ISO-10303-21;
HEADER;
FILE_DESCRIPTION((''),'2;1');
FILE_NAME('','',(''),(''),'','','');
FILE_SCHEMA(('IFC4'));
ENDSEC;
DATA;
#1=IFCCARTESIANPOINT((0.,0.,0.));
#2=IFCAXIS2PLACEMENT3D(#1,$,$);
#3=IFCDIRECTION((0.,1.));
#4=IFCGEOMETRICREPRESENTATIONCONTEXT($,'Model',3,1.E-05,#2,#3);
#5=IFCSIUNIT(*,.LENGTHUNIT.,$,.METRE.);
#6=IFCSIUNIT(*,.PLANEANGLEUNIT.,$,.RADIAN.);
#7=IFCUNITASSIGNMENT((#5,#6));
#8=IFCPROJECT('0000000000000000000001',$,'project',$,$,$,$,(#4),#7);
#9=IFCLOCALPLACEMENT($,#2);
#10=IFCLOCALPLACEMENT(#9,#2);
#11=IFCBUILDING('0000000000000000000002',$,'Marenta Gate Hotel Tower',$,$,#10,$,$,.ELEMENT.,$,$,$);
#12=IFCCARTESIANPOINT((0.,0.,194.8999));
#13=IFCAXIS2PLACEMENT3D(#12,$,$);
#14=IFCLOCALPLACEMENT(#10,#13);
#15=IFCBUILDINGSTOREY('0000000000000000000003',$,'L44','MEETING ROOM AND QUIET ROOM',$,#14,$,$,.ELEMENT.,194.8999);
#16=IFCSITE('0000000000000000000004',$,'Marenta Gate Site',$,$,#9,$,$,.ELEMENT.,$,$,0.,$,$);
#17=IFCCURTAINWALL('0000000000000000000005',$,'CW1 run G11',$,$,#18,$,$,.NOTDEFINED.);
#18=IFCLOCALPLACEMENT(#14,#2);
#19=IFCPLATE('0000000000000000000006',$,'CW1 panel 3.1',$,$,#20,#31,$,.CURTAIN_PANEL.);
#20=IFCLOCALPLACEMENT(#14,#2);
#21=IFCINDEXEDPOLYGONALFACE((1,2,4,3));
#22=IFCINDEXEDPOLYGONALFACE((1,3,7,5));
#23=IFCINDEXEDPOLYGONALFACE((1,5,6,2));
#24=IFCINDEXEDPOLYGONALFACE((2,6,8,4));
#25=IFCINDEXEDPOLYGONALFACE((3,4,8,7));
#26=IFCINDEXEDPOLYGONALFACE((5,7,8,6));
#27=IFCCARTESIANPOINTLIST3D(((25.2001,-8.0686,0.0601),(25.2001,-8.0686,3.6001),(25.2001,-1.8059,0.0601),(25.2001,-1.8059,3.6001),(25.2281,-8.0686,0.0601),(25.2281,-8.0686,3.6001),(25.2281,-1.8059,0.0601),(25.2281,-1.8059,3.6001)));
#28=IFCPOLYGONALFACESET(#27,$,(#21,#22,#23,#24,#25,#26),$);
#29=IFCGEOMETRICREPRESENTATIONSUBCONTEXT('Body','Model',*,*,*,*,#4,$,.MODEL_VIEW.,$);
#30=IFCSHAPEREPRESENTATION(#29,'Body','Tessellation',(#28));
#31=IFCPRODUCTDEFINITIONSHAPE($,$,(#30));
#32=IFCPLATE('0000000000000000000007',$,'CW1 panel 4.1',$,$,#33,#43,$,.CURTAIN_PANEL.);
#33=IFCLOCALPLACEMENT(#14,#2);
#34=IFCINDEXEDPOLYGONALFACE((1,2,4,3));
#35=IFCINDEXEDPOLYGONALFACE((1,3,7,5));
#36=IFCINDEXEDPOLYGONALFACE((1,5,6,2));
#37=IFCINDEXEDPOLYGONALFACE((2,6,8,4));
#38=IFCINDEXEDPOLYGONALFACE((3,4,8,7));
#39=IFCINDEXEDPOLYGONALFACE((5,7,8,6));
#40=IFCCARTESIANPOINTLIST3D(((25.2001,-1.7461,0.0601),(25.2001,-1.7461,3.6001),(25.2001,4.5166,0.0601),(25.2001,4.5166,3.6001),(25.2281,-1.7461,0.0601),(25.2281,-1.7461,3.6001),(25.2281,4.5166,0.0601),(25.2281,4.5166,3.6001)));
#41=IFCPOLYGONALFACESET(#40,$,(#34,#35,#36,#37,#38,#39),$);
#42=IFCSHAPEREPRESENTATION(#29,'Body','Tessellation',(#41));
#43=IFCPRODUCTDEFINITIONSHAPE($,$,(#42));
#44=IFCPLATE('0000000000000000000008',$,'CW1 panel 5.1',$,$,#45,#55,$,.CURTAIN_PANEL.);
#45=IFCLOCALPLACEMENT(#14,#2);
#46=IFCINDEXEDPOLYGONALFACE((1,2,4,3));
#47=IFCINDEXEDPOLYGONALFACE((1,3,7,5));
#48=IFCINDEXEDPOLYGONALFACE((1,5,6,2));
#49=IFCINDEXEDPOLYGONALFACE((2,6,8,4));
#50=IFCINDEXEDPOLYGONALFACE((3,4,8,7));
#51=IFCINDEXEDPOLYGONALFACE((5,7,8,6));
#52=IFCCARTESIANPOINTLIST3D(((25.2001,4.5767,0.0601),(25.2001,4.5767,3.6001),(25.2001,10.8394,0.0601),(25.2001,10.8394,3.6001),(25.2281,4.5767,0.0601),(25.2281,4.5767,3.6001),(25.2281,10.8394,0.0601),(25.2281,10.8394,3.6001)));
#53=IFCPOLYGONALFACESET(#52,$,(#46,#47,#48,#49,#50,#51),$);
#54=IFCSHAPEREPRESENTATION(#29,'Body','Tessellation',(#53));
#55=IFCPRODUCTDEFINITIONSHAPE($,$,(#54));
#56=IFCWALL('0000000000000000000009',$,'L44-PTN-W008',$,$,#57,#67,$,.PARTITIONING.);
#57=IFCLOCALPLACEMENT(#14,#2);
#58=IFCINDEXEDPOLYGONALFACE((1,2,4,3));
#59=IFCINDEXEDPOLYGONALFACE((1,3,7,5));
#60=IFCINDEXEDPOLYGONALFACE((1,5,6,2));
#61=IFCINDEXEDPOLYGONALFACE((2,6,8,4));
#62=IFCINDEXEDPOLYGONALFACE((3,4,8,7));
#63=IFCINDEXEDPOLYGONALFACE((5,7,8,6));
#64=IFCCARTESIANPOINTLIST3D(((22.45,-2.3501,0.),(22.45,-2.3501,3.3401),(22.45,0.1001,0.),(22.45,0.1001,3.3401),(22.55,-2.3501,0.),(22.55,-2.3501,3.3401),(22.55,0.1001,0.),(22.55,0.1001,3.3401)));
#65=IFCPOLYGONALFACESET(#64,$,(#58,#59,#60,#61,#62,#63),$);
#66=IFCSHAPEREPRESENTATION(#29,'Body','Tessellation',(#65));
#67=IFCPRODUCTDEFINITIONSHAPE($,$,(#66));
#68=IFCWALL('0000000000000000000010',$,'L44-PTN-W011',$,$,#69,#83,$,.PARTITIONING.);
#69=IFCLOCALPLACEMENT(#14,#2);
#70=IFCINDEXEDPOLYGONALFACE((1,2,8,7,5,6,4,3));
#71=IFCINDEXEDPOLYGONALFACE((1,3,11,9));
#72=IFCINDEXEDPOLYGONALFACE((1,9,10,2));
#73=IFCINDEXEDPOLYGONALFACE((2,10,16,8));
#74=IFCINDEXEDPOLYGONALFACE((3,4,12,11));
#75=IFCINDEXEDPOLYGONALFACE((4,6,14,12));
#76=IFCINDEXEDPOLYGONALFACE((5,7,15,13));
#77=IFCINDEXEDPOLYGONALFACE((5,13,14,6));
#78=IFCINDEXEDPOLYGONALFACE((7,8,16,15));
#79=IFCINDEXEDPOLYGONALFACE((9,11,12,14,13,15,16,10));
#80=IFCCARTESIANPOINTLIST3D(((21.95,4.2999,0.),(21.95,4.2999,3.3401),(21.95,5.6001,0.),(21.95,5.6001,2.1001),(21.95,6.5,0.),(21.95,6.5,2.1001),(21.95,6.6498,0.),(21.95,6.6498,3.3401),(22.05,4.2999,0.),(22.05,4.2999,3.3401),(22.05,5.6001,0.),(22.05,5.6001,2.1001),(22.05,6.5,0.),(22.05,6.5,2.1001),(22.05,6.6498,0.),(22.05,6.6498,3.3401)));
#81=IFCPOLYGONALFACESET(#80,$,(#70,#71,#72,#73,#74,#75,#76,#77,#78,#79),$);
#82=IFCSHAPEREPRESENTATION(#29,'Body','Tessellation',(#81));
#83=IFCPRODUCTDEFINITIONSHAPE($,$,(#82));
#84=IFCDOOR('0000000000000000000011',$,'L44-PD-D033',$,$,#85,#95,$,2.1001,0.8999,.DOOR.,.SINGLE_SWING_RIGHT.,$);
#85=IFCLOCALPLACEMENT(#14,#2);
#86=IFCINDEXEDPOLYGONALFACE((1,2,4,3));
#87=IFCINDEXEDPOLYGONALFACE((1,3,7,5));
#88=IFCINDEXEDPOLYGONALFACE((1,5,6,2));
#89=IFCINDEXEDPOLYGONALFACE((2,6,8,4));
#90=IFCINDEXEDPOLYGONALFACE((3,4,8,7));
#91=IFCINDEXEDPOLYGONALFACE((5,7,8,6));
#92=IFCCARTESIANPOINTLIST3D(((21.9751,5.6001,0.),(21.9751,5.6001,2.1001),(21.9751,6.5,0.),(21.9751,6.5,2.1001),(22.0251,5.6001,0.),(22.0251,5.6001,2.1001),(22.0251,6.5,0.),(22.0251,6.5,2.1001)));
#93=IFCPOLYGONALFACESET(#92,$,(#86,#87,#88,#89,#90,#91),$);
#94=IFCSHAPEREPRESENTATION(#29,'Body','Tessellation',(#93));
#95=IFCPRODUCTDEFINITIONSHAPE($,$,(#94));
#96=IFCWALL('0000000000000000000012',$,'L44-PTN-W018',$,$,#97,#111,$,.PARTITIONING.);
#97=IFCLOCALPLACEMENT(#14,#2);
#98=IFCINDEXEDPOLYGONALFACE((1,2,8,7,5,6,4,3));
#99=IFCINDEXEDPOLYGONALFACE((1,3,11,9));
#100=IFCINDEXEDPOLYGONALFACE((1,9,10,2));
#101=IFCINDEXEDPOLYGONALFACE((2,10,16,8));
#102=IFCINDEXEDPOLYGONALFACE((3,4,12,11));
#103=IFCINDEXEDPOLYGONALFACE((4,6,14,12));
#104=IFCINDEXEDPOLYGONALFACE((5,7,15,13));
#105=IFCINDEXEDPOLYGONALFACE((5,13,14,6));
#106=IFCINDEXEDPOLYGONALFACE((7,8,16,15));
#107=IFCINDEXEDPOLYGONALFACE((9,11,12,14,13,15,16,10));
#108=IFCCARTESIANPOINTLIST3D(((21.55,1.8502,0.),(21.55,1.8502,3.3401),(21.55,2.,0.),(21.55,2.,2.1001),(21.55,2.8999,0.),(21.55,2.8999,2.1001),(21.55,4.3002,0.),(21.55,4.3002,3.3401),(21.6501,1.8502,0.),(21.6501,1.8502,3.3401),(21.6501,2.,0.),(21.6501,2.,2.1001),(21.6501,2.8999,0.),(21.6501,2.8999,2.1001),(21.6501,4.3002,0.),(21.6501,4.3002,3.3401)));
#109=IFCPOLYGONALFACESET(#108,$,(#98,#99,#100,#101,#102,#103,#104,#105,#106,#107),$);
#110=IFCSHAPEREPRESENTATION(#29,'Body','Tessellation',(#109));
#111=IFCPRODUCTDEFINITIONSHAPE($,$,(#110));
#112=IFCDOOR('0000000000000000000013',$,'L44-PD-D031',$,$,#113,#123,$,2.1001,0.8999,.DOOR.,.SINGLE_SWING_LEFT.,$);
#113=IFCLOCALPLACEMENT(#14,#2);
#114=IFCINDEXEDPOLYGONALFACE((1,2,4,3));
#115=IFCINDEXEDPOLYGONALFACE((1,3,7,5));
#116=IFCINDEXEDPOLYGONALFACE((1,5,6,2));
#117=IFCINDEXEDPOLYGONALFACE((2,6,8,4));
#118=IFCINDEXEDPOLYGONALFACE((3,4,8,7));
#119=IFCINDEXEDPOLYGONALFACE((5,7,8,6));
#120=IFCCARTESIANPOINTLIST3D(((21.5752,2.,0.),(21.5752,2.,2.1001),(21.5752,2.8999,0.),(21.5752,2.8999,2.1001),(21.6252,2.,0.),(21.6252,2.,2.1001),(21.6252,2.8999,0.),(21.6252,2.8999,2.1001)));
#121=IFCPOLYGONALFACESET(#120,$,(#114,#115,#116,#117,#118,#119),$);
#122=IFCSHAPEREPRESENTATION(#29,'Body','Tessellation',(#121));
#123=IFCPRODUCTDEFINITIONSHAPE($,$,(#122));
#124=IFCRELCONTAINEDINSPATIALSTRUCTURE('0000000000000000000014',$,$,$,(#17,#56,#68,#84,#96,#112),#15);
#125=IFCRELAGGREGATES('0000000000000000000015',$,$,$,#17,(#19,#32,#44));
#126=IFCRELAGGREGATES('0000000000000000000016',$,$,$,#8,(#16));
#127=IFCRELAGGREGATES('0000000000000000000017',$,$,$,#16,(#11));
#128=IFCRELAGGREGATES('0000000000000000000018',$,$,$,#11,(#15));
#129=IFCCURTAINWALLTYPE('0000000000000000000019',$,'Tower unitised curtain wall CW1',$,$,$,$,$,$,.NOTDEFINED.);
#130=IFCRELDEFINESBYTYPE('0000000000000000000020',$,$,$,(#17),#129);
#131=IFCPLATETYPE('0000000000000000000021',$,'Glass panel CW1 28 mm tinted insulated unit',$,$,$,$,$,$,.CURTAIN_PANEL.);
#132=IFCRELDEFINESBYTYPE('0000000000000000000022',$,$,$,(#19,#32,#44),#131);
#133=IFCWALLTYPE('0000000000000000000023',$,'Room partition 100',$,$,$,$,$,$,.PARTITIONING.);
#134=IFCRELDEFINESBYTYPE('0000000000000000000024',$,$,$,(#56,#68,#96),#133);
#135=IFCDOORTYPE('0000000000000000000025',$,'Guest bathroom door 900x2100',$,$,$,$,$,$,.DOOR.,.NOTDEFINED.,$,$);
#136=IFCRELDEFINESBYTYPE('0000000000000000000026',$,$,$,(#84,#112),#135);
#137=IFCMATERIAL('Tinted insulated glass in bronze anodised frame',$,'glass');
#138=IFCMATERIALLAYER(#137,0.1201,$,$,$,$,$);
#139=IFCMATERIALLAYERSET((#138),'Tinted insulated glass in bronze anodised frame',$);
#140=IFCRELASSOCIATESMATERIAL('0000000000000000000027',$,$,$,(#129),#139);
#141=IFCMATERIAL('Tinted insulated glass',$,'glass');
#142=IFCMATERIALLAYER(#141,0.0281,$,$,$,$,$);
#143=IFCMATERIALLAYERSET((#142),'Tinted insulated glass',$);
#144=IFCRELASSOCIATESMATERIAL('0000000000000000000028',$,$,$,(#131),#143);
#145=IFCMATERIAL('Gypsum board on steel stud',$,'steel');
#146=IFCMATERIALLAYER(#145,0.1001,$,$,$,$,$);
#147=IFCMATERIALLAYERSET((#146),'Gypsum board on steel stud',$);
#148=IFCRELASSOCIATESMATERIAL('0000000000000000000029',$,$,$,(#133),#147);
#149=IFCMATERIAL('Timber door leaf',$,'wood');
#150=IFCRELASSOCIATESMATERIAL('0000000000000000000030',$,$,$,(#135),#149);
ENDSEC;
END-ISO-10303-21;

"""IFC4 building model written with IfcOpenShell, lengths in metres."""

from ifc_helpers import new_model, si_unit, direction, frame, frame_2d, origin, origin_2d, place, context, subcontext, project, spatial, rectangle, extrude, material, layer, layer_set, type_object, element, fill, aggregate, save


model = new_model("IFC4")

# Units and contexts
model_context = context("Model", 3, precision=1e-05, world=origin(), true_north=direction((0.0, 1.0)))
body_context = subcontext(model_context, "Body", "Model", "MODEL_VIEW")
ifc_project = project(units=[si_unit("LENGTHUNIT", "METRE"), si_unit("PLANEANGLEUNIT", "RADIAN")], contexts=[model_context])

# Site, building, storey
site_placement = place(None, origin())
site = spatial("IfcSite", under=ifc_project, at=site_placement, Name="Marenta Gate Site", CompositionType="ELEMENT", RefElevation=0.0)
building_placement = place(site_placement, origin())
building = spatial("IfcBuilding", under=site, at=building_placement, Name="Marenta Gate Hotel Tower", CompositionType="ELEMENT")
storey_placement = place(building_placement, frame((0.0, 0.0, 194.8999)))
storey = spatial("IfcBuildingStorey", under=building, at=storey_placement, Name="L44", Description="MEETING ROOM AND QUIET ROOM", CompositionType="ELEMENT", Elevation=194.8999)

# Curtain wall, plates
ifc_material_1 = material(Name="Tinted insulated glass in bronze anodised frame", Category="glass")
ifc_layer_1 = layer(ifc_material_1, 0.1201)
ifc_layer_set_1 = layer_set([ifc_layer_1], Name="Tinted insulated glass in bronze anodised frame")
curtain_wall_type = type_object("IfcCurtainWallType", Name="Tower unitised curtain wall CW1", PredefinedType="NOTDEFINED", material=ifc_layer_set_1)
curtain_wall_placement = place(storey_placement, origin())
curtain_wall = element("IfcCurtainWall", 1, at=curtain_wall_placement, inside=storey, type_object=curtain_wall_type, Name="CW1 run G11", PredefinedType="NOTDEFINED")
ifc_material_2 = material(Name="Tinted insulated glass", Category="glass")
ifc_layer_2 = layer(ifc_material_2, 0.0281)
ifc_layer_set_2 = layer_set([ifc_layer_2], Name="Tinted insulated glass")
plate_type = type_object("IfcPlateType", Name="Glass panel CW1 28 mm tinted insulated unit", PredefinedType="CURTAIN_PANEL", material=ifc_layer_set_2)
plate_1_placement = place(storey_placement, frame((25.2141, -4.9373, 0.0601), z_axis=(0.0, 0.0, 1.0), x_axis=(0.0, 1.0, 0.0)))
plate_1 = element("IfcPlate", 2, at=plate_1_placement, type_object=plate_type, Name="CW1 panel 3.1", PredefinedType="CURTAIN_PANEL", context=body_context, shape_type="SweptSolid", body=[
    extrude(rectangle(XDim=6.2627, YDim=0.0281, at=origin_2d()), origin(), (0.0, 0.0, 1.0), 3.54),
])
plate_2_placement = place(storey_placement, frame((25.2141, 1.3853, 0.0601), z_axis=(0.0, 0.0, 1.0), x_axis=(0.0, 1.0, 0.0)))
plate_2 = element("IfcPlate", 3, at=plate_2_placement, type_object=plate_type, Name="CW1 panel 4.1", PredefinedType="CURTAIN_PANEL", context=body_context, shape_type="SweptSolid", body=[
    extrude(rectangle(XDim=6.2627, YDim=0.0281, at=origin_2d()), origin(), (0.0, 0.0, 1.0), 3.54),
])
plate_3_placement = place(storey_placement, frame((25.2141, 7.708, 0.0601), z_axis=(0.0, 0.0, 1.0), x_axis=(0.0, 1.0, 0.0)))
plate_3 = element("IfcPlate", 4, at=plate_3_placement, type_object=plate_type, Name="CW1 panel 5.1", PredefinedType="CURTAIN_PANEL", context=body_context, shape_type="SweptSolid", body=[
    extrude(rectangle(XDim=6.2627, YDim=0.0281, at=origin_2d()), origin(), (0.0, 0.0, 1.0), 3.54),
])
aggregate(curtain_wall, [plate_1, plate_2, plate_3])

# Wall
ifc_material_3 = material(Name="Gypsum board on steel stud", Category="steel")
ifc_layer_3 = layer(ifc_material_3, 0.1001)
ifc_layer_set_3 = layer_set([ifc_layer_3], Name="Gypsum board on steel stud")
wall_type = type_object("IfcWallType", Name="Room partition 100", PredefinedType="PARTITIONING", material=ifc_layer_set_3)
wall_1_placement = place(storey_placement, frame((22.5, -2.3501, 0.0), z_axis=(0.0, 0.0, 1.0), x_axis=(0.0, 1.0, 0.0)))
element("IfcWall", 5, at=wall_1_placement, inside=storey, type_object=wall_type, Name="L44-PTN-W008", PredefinedType="PARTITIONING", context=body_context, shape_type="SweptSolid", body=[
    extrude(rectangle(XDim=2.4502, YDim=0.1001, at=frame_2d((1.2251, 0.0))), origin(), (0.0, 0.0, 1.0), 3.3401),
])

# Walls, openings, doors
wall_2_placement = place(storey_placement, frame((22.0, 4.3, 0.0), z_axis=(0.0, 0.0, 1.0), x_axis=(0.0, 1.0, 0.0)))
wall_2 = element("IfcWall", 6, at=wall_2_placement, inside=storey, type_object=wall_type, Name="L44-PTN-W011", PredefinedType="PARTITIONING", context=body_context, shape_type="SweptSolid", body=[
    extrude(rectangle(XDim=2.3499, YDim=0.1001, at=frame_2d((1.1748, 0.0))), origin(), (0.0, 0.0, 1.0), 3.3401),
])
opening_1_placement = place(wall_2_placement, frame((1.3, 0.0, 0.0)))
opening_1 = element("IfcOpeningElement", 7, at=opening_1_placement, cuts=wall_2, PredefinedType="OPENING", context=body_context, shape_type="SweptSolid", body=[
    extrude(rectangle(XDim=0.8999, YDim=2.1001, at=frame_2d((0.45, 1.05))), frame((0.0, 0.05, 0.0), z_axis=(0.0, -1.0, 0.0), x_axis=(1.0, 0.0, 0.0)), (0.0, 0.0, 1.0), 0.1001),
])
ifc_material_4 = material(Name="Timber door leaf", Category="wood")
door_type = type_object("IfcDoorType", Name="Guest bathroom door 900x2100", OperationType="NOTDEFINED", PredefinedType="DOOR", material=ifc_material_4)
door_1_placement = place(opening_1_placement, origin())
door_1 = element("IfcDoor", 8, at=door_1_placement, inside=storey, type_object=door_type, Name="L44-PD-D033", OperationType="SINGLE_SWING_RIGHT", OverallHeight=2.1001, OverallWidth=0.8999, PredefinedType="DOOR", context=body_context, shape_type="SweptSolid", body=[
    extrude(rectangle(XDim=0.8999, YDim=2.1001, at=frame_2d((0.45, 1.05))), frame((0.0, 0.0249, 0.0), z_axis=(0.0, -1.0, 0.0), x_axis=(1.0, 0.0, 0.0)), (0.0, 0.0, 1.0), 0.05),
])
fill(opening_1, door_1)
wall_3_placement = place(storey_placement, frame((21.6001, 1.8501, 0.0), z_axis=(0.0, 0.0, 1.0), x_axis=(0.0, 1.0, 0.0)))
wall_3 = element("IfcWall", 9, at=wall_3_placement, inside=storey, type_object=wall_type, Name="L44-PTN-W018", PredefinedType="PARTITIONING", context=body_context, shape_type="SweptSolid", body=[
    extrude(rectangle(XDim=2.45, YDim=0.1001, at=frame_2d((1.2251, 0.0))), origin(), (0.0, 0.0, 1.0), 3.3401),
])
opening_2_placement = place(wall_3_placement, frame((0.1499, 0.0, 0.0)))
opening_2 = element("IfcOpeningElement", 10, at=opening_2_placement, cuts=wall_3, PredefinedType="OPENING", context=body_context, shape_type="SweptSolid", body=[
    extrude(rectangle(XDim=0.8999, YDim=2.1001, at=frame_2d((0.45, 1.05))), frame((0.0, 0.05, 0.0), z_axis=(0.0, -1.0, 0.0), x_axis=(1.0, 0.0, 0.0)), (0.0, 0.0, 1.0), 0.1001),
])
door_2_placement = place(opening_2_placement, origin())
door_2 = element("IfcDoor", 11, at=door_2_placement, inside=storey, type_object=door_type, Name="L44-PD-D031", OperationType="SINGLE_SWING_LEFT", OverallHeight=2.1001, OverallWidth=0.8999, PredefinedType="DOOR", context=body_context, shape_type="SweptSolid", body=[
    extrude(rectangle(XDim=0.8999, YDim=2.1001, at=frame_2d((0.45, 1.05))), frame((0.0, 0.0249, 0.0), z_axis=(0.0, -1.0, 0.0), x_axis=(1.0, 0.0, 0.0)), (0.0, 0.0, 1.0), 0.05),
])
fill(opening_2, door_2)

save(model, "model.ifc")
